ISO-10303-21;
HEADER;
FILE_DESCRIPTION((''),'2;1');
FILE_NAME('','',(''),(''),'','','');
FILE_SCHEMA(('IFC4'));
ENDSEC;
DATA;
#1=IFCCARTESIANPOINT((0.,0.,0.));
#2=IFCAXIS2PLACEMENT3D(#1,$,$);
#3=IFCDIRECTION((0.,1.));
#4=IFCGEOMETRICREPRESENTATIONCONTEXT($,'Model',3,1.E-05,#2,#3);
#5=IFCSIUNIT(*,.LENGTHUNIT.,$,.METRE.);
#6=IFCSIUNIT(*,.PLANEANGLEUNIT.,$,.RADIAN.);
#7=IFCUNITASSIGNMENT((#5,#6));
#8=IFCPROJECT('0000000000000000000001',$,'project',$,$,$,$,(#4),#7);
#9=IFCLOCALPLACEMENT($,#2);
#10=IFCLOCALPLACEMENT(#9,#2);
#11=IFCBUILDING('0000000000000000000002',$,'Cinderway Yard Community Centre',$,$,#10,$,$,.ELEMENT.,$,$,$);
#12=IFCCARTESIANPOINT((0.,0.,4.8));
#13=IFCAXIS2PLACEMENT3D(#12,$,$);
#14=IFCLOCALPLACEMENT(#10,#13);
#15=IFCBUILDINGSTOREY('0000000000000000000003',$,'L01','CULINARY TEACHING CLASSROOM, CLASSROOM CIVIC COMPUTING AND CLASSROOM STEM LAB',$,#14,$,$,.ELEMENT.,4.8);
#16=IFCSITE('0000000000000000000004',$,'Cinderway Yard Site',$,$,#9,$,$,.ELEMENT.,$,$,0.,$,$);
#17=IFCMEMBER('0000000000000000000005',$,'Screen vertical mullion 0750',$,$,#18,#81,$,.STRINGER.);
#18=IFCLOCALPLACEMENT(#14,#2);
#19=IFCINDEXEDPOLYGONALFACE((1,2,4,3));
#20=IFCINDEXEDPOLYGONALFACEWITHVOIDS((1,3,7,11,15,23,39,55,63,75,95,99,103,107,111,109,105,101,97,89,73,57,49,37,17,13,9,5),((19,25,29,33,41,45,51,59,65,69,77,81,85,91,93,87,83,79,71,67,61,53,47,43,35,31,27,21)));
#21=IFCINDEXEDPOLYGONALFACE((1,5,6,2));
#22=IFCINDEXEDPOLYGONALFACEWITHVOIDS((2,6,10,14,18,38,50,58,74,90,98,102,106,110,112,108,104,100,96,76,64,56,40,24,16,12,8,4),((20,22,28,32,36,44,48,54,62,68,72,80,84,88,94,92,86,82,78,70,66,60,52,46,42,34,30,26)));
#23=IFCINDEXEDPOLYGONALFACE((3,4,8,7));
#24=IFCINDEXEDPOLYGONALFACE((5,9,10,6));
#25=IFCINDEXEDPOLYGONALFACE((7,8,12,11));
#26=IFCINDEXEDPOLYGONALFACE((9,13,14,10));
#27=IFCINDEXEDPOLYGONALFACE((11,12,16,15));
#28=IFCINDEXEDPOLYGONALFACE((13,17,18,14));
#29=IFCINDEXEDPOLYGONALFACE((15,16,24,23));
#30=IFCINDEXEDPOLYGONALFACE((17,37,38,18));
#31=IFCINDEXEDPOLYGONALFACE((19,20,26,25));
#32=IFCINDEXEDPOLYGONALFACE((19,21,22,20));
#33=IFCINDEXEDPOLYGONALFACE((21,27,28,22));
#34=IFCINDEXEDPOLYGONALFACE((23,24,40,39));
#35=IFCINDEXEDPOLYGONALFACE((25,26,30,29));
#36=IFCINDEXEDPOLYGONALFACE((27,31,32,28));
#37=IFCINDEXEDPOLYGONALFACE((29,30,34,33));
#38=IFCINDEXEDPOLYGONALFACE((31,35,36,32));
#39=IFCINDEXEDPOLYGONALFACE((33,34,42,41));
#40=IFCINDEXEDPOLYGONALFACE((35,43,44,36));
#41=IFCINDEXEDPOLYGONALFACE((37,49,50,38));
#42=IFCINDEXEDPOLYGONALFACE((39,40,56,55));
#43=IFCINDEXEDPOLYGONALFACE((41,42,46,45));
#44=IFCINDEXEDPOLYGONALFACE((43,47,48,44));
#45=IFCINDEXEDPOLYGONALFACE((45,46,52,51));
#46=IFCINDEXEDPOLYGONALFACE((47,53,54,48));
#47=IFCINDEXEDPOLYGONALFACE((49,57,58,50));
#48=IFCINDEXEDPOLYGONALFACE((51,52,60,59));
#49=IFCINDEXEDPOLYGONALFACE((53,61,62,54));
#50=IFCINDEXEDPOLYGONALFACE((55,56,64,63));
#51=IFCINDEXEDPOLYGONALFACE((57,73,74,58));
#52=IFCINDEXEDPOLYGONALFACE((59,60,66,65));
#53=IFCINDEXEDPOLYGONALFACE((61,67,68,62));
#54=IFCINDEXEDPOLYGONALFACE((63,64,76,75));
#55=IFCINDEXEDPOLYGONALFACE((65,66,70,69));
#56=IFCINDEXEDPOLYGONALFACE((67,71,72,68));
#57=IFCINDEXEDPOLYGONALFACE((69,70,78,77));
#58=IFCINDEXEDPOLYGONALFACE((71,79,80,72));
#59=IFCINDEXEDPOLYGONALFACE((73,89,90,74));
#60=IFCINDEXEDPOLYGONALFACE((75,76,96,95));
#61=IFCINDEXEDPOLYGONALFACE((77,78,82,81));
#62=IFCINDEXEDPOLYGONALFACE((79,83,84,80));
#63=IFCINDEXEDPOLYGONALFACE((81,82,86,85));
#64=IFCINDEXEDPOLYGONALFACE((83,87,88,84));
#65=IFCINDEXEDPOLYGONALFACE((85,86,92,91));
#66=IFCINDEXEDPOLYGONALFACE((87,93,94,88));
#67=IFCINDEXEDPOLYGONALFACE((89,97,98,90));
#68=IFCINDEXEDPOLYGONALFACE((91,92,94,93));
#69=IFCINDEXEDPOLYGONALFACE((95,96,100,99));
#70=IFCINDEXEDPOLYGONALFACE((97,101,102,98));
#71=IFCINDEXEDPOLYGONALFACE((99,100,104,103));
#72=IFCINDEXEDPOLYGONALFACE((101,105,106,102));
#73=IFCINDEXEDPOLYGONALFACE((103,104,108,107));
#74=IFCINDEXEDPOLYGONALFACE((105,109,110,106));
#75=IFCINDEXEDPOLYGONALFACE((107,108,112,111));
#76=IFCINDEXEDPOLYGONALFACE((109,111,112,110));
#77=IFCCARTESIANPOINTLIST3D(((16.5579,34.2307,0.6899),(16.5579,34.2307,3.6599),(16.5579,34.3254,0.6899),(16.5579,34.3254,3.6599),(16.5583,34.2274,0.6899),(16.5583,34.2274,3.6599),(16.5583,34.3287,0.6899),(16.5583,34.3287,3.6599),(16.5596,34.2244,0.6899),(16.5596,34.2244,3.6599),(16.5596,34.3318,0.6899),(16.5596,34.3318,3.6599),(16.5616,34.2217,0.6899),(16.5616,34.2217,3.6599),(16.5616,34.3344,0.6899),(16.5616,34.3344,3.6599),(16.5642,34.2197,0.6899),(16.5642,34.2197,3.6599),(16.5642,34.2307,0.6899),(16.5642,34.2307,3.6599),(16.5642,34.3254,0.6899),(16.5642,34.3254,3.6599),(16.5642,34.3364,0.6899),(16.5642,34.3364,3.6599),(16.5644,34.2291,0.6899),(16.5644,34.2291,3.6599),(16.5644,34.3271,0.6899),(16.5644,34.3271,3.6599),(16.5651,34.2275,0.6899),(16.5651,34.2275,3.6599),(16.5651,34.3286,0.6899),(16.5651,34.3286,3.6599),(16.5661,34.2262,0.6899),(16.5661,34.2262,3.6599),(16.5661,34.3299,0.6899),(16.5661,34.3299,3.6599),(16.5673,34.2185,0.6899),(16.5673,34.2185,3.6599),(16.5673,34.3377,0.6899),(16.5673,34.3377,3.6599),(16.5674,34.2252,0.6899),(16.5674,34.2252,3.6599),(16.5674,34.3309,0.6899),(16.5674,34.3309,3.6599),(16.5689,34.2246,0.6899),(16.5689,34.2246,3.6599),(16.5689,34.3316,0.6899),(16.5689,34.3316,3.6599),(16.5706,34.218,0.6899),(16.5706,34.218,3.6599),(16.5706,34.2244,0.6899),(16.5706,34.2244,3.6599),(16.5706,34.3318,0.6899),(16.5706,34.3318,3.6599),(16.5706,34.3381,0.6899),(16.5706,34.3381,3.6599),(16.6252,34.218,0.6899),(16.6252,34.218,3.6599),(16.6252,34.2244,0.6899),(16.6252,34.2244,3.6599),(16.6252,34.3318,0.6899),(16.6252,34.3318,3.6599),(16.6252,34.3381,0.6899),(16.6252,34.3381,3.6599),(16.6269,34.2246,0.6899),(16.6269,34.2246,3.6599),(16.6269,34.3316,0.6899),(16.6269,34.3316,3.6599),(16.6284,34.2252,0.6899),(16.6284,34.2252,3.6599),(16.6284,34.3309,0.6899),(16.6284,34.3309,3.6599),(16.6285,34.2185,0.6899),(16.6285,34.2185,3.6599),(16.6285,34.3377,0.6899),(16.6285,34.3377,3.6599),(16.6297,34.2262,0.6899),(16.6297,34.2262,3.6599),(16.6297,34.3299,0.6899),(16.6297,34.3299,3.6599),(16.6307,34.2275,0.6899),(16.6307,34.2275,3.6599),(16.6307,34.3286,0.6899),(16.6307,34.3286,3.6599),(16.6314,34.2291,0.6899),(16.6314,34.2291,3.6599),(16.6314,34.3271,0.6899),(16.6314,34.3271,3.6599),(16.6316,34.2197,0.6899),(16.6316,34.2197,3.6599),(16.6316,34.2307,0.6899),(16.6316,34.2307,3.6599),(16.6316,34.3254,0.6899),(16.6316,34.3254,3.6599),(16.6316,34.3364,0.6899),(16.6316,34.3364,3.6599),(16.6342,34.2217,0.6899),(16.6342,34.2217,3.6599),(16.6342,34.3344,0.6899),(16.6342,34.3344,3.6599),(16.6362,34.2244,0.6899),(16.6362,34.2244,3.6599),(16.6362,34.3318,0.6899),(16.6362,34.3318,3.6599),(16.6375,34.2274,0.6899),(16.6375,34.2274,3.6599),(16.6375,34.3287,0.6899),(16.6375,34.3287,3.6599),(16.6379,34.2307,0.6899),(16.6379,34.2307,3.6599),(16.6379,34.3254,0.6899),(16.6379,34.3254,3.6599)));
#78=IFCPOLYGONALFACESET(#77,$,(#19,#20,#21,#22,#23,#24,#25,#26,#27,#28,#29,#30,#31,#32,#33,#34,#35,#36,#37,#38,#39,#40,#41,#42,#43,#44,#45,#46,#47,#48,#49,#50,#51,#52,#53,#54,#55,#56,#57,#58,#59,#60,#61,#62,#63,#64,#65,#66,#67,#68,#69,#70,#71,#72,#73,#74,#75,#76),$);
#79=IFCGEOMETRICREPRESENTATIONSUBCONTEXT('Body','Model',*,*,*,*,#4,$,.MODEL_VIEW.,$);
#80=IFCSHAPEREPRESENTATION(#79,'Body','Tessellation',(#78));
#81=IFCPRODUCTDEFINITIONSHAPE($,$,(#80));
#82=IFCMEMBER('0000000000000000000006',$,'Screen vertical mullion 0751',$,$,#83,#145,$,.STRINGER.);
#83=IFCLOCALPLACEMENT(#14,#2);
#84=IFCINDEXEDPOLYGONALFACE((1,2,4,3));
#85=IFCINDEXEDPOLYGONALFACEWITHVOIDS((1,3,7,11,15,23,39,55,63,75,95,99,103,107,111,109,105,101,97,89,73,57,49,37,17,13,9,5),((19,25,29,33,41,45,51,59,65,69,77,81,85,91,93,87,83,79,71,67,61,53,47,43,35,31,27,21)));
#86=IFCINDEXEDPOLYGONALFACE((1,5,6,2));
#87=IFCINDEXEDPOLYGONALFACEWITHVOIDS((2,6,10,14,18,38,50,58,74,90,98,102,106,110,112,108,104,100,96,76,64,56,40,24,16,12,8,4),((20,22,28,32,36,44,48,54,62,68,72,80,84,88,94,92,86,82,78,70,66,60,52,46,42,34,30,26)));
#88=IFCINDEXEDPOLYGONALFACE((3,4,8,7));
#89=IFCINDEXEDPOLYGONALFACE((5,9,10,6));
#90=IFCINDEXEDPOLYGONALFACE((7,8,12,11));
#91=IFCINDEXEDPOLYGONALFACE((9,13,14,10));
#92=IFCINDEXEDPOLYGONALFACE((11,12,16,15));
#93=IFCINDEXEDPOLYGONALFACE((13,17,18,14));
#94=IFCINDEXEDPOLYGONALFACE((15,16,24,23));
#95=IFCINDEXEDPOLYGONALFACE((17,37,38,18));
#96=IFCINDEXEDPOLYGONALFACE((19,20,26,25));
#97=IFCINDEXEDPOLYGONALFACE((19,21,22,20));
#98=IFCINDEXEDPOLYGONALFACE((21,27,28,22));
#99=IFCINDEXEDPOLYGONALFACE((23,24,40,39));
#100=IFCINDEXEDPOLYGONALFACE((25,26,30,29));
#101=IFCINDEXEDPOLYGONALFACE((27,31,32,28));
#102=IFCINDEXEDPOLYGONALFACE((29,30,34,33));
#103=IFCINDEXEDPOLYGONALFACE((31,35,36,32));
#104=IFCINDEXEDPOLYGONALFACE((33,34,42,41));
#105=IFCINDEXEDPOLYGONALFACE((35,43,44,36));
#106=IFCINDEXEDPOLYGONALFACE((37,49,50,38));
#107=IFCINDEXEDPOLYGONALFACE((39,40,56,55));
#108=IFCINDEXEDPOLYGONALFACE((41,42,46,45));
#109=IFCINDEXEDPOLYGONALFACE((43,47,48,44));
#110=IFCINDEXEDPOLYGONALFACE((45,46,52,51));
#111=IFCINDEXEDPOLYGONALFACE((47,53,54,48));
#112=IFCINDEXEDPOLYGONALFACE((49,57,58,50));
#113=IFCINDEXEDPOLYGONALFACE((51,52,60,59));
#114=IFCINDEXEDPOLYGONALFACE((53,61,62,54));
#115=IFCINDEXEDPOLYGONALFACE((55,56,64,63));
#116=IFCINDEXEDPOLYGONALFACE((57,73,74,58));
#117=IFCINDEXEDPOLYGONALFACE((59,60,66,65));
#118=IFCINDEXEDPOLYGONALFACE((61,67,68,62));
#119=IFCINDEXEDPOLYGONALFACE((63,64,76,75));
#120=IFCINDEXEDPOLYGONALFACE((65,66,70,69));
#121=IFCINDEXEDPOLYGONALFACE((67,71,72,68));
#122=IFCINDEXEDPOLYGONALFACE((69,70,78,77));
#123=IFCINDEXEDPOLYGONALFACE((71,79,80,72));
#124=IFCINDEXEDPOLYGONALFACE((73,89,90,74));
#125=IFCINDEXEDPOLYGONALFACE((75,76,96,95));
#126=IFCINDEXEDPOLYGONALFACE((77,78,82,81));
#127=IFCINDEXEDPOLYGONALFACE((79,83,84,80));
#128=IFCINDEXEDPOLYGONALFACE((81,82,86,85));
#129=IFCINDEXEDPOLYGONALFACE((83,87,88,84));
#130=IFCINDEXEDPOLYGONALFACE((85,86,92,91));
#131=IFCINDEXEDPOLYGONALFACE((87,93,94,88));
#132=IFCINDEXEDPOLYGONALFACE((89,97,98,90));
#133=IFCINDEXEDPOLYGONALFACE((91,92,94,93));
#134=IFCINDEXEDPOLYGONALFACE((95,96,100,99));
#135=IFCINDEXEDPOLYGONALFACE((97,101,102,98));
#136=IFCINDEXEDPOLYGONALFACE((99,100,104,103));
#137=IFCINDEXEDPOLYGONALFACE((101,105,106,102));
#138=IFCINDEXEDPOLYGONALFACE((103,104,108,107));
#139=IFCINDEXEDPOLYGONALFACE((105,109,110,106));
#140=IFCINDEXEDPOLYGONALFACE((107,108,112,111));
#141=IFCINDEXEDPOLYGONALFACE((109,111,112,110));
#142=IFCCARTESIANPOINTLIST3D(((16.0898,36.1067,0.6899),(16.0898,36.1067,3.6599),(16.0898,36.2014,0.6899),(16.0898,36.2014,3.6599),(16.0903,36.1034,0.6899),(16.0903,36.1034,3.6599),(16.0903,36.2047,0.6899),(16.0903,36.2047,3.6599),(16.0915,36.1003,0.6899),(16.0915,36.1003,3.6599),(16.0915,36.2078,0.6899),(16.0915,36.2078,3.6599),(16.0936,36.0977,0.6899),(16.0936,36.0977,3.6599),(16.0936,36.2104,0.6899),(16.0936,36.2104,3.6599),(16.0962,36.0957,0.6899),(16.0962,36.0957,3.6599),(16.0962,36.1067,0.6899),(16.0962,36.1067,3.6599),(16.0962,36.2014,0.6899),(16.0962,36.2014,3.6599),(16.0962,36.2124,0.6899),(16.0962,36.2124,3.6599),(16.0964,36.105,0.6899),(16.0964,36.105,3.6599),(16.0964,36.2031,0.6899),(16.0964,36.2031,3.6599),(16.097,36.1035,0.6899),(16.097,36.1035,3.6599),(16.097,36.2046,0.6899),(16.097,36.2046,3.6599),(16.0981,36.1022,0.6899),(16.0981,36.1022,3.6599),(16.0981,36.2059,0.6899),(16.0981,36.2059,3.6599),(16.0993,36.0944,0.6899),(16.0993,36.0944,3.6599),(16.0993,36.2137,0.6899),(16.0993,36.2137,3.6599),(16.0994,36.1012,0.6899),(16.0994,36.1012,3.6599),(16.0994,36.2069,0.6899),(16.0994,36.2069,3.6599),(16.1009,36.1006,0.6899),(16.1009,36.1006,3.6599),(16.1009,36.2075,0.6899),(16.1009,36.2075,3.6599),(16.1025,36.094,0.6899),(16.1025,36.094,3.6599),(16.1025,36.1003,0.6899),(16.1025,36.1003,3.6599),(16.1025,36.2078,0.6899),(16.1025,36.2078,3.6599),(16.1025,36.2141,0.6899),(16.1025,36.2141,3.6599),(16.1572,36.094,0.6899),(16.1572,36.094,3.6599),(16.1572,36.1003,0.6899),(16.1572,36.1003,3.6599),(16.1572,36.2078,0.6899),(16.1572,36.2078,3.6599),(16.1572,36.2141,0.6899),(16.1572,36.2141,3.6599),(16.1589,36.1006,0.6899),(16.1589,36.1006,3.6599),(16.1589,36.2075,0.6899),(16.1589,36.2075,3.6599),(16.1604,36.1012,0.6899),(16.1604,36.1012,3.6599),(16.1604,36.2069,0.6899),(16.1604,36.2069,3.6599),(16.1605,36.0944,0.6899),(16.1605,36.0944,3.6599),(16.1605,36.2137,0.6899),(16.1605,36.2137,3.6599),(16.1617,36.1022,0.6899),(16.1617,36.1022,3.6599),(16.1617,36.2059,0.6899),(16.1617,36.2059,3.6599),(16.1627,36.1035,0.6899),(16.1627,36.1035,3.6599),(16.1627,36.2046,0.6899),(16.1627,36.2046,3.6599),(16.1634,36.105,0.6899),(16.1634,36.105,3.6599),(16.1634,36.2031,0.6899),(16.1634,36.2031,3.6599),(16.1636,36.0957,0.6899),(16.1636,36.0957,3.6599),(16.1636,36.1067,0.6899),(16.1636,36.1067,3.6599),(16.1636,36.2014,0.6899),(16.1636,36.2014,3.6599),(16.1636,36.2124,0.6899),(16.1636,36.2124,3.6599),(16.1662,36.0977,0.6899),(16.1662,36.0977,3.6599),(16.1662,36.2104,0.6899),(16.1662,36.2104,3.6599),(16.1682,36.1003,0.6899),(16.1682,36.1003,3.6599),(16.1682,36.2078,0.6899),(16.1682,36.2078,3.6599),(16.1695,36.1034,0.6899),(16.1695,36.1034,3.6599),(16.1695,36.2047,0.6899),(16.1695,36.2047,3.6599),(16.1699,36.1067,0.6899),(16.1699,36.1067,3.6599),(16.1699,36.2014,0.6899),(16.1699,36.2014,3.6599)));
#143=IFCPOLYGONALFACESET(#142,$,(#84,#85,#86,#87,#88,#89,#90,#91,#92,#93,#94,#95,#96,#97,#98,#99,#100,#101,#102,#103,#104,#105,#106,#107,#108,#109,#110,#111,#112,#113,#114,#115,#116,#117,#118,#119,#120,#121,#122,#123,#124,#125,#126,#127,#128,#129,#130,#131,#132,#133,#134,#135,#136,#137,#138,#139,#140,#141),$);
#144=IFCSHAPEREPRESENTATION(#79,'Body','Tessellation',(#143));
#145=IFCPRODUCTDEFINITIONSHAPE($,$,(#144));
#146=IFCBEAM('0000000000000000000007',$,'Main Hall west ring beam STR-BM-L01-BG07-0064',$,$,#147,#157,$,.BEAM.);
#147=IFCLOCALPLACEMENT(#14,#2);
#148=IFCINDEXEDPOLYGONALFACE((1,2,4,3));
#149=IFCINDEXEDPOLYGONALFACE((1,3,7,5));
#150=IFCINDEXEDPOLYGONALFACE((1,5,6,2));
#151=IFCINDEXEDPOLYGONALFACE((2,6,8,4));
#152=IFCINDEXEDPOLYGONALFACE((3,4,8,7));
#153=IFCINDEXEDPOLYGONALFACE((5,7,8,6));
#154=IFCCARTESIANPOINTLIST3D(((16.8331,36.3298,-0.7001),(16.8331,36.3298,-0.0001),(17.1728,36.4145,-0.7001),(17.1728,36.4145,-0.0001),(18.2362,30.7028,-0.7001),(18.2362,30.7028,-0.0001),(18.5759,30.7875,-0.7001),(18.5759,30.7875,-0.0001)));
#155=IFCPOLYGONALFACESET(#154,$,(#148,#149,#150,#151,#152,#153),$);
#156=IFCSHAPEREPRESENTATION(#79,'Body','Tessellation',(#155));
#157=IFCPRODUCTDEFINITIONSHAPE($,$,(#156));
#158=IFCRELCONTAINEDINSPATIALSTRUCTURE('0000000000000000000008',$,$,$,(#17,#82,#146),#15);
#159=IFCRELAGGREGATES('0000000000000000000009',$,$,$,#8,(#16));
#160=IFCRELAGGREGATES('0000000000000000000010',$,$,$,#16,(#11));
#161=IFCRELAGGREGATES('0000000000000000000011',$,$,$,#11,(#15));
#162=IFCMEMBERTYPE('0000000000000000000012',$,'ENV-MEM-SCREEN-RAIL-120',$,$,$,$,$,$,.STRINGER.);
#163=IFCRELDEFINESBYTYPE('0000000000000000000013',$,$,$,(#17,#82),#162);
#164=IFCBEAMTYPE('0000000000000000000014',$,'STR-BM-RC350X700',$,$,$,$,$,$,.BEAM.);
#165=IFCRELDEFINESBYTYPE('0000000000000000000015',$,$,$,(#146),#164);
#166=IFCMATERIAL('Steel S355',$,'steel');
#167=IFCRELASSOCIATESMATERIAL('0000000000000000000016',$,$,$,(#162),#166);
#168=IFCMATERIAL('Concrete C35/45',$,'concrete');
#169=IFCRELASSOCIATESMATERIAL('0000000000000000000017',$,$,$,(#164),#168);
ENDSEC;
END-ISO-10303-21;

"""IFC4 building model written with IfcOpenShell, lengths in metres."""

from ifc_helpers import new_model, si_unit, direction, frame, origin, origin_2d, place, context, subcontext, project, spatial, rectangle, hollow_rectangle, extrude, material, material_profile, profile_set, type_object, element, save


model = new_model("IFC4")

# Units and contexts
model_context = context("Model", 3, precision=1e-05, world=origin(), true_north=direction((0.0, 1.0)))
body_context = subcontext(model_context, "Body", "Model", "MODEL_VIEW")
ifc_project = project(units=[si_unit("LENGTHUNIT", "METRE"), si_unit("PLANEANGLEUNIT", "RADIAN")], contexts=[model_context])

# Site, building, storey
site_placement = place(None, origin())
site = spatial("IfcSite", under=ifc_project, at=site_placement, Name="Cinderway Yard Site", CompositionType="ELEMENT", RefElevation=0.0)
building_placement = place(site_placement, origin())
building = spatial("IfcBuilding", under=site, at=building_placement, Name="Cinderway Yard Community Centre", CompositionType="ELEMENT")
storey_placement = place(building_placement, frame((0.0, 0.0, 4.8)))
storey = spatial("IfcBuildingStorey", under=building, at=storey_placement, Name="L01", Description="CULINARY TEACHING CLASSROOM, CLASSROOM CIVIC COMPUTING AND CLASSROOM STEM LAB", CompositionType="ELEMENT", Elevation=4.8)

# Members
ifc_material_1 = material(Name="Steel S355", Category="steel")
ifc_material_profile_1 = material_profile(ifc_material_1, hollow_rectangle(XDim=0.0801, YDim=0.1201, WallThickness=0.0063, InnerFilletRadius=0.0063, OuterFilletRadius=0.0127, at=origin_2d()), Name="Steel S355")
ifc_profile_set_1 = profile_set([ifc_material_profile_1], Name="Steel S355")
member_type_1 = type_object("IfcMemberType", Name="ENV-MEM-SCREEN-RAIL-120", PredefinedType="STRINGER", material=ifc_profile_set_1)
for number, where, z_axis, x_axis, name in (
    (1, (16.5979, 34.2781, 0.6899), (0.0, 0.0, 1.0), (1.0, 0.0, 0.0), "Screen vertical mullion 0750"),
    (2, (16.1299, 36.1541, 0.6899), (0.0, 0.0, 1.0), (1.0, 0.0, 0.0), "Screen vertical mullion 0751"),
):
    element("IfcMember", number, at=place(storey_placement, frame(where, z_axis=z_axis, x_axis=x_axis)), inside=storey, type_object=member_type_1, Name=name, PredefinedType="STRINGER", context=body_context, shape_type="SweptSolid", body=[
        extrude(hollow_rectangle(XDim=0.0801, YDim=0.1201, WallThickness=0.0063, InnerFilletRadius=0.0063, OuterFilletRadius=0.0127, at=origin_2d()), origin(), (0.0, 0.0, 1.0), 2.97),
    ])

# Beam
ifc_material_2 = material(Name="Concrete C35/45", Category="concrete")
ifc_material_profile_2 = material_profile(ifc_material_2, rectangle(XDim=0.3501, YDim=0.7, at=origin_2d()), Name="Concrete C35/45")
ifc_profile_set_2 = profile_set([ifc_material_profile_2], Name="Concrete C35/45")
beam_type = type_object("IfcBeamType", Name="STR-BM-RC350X700", PredefinedType="BEAM", material=ifc_profile_set_2)
beam_placement = place(storey_placement, frame((18.406, 30.7451, -0.3501), z_axis=(-0.241941, 0.970291, 0.0), x_axis=(-0.970291, -0.241941, 0.0)))
element("IfcBeam", 3, at=beam_placement, inside=storey, type_object=beam_type, Name="Main Hall west ring beam STR-BM-L01-BG07-0064", PredefinedType="BEAM", context=body_context, shape_type="SweptSolid", body=[
    extrude(rectangle(XDim=0.3501, YDim=0.7, at=origin_2d()), origin(), (0.0, 0.0, 1.0), 5.7993),
])

save(model, "model.ifc")
